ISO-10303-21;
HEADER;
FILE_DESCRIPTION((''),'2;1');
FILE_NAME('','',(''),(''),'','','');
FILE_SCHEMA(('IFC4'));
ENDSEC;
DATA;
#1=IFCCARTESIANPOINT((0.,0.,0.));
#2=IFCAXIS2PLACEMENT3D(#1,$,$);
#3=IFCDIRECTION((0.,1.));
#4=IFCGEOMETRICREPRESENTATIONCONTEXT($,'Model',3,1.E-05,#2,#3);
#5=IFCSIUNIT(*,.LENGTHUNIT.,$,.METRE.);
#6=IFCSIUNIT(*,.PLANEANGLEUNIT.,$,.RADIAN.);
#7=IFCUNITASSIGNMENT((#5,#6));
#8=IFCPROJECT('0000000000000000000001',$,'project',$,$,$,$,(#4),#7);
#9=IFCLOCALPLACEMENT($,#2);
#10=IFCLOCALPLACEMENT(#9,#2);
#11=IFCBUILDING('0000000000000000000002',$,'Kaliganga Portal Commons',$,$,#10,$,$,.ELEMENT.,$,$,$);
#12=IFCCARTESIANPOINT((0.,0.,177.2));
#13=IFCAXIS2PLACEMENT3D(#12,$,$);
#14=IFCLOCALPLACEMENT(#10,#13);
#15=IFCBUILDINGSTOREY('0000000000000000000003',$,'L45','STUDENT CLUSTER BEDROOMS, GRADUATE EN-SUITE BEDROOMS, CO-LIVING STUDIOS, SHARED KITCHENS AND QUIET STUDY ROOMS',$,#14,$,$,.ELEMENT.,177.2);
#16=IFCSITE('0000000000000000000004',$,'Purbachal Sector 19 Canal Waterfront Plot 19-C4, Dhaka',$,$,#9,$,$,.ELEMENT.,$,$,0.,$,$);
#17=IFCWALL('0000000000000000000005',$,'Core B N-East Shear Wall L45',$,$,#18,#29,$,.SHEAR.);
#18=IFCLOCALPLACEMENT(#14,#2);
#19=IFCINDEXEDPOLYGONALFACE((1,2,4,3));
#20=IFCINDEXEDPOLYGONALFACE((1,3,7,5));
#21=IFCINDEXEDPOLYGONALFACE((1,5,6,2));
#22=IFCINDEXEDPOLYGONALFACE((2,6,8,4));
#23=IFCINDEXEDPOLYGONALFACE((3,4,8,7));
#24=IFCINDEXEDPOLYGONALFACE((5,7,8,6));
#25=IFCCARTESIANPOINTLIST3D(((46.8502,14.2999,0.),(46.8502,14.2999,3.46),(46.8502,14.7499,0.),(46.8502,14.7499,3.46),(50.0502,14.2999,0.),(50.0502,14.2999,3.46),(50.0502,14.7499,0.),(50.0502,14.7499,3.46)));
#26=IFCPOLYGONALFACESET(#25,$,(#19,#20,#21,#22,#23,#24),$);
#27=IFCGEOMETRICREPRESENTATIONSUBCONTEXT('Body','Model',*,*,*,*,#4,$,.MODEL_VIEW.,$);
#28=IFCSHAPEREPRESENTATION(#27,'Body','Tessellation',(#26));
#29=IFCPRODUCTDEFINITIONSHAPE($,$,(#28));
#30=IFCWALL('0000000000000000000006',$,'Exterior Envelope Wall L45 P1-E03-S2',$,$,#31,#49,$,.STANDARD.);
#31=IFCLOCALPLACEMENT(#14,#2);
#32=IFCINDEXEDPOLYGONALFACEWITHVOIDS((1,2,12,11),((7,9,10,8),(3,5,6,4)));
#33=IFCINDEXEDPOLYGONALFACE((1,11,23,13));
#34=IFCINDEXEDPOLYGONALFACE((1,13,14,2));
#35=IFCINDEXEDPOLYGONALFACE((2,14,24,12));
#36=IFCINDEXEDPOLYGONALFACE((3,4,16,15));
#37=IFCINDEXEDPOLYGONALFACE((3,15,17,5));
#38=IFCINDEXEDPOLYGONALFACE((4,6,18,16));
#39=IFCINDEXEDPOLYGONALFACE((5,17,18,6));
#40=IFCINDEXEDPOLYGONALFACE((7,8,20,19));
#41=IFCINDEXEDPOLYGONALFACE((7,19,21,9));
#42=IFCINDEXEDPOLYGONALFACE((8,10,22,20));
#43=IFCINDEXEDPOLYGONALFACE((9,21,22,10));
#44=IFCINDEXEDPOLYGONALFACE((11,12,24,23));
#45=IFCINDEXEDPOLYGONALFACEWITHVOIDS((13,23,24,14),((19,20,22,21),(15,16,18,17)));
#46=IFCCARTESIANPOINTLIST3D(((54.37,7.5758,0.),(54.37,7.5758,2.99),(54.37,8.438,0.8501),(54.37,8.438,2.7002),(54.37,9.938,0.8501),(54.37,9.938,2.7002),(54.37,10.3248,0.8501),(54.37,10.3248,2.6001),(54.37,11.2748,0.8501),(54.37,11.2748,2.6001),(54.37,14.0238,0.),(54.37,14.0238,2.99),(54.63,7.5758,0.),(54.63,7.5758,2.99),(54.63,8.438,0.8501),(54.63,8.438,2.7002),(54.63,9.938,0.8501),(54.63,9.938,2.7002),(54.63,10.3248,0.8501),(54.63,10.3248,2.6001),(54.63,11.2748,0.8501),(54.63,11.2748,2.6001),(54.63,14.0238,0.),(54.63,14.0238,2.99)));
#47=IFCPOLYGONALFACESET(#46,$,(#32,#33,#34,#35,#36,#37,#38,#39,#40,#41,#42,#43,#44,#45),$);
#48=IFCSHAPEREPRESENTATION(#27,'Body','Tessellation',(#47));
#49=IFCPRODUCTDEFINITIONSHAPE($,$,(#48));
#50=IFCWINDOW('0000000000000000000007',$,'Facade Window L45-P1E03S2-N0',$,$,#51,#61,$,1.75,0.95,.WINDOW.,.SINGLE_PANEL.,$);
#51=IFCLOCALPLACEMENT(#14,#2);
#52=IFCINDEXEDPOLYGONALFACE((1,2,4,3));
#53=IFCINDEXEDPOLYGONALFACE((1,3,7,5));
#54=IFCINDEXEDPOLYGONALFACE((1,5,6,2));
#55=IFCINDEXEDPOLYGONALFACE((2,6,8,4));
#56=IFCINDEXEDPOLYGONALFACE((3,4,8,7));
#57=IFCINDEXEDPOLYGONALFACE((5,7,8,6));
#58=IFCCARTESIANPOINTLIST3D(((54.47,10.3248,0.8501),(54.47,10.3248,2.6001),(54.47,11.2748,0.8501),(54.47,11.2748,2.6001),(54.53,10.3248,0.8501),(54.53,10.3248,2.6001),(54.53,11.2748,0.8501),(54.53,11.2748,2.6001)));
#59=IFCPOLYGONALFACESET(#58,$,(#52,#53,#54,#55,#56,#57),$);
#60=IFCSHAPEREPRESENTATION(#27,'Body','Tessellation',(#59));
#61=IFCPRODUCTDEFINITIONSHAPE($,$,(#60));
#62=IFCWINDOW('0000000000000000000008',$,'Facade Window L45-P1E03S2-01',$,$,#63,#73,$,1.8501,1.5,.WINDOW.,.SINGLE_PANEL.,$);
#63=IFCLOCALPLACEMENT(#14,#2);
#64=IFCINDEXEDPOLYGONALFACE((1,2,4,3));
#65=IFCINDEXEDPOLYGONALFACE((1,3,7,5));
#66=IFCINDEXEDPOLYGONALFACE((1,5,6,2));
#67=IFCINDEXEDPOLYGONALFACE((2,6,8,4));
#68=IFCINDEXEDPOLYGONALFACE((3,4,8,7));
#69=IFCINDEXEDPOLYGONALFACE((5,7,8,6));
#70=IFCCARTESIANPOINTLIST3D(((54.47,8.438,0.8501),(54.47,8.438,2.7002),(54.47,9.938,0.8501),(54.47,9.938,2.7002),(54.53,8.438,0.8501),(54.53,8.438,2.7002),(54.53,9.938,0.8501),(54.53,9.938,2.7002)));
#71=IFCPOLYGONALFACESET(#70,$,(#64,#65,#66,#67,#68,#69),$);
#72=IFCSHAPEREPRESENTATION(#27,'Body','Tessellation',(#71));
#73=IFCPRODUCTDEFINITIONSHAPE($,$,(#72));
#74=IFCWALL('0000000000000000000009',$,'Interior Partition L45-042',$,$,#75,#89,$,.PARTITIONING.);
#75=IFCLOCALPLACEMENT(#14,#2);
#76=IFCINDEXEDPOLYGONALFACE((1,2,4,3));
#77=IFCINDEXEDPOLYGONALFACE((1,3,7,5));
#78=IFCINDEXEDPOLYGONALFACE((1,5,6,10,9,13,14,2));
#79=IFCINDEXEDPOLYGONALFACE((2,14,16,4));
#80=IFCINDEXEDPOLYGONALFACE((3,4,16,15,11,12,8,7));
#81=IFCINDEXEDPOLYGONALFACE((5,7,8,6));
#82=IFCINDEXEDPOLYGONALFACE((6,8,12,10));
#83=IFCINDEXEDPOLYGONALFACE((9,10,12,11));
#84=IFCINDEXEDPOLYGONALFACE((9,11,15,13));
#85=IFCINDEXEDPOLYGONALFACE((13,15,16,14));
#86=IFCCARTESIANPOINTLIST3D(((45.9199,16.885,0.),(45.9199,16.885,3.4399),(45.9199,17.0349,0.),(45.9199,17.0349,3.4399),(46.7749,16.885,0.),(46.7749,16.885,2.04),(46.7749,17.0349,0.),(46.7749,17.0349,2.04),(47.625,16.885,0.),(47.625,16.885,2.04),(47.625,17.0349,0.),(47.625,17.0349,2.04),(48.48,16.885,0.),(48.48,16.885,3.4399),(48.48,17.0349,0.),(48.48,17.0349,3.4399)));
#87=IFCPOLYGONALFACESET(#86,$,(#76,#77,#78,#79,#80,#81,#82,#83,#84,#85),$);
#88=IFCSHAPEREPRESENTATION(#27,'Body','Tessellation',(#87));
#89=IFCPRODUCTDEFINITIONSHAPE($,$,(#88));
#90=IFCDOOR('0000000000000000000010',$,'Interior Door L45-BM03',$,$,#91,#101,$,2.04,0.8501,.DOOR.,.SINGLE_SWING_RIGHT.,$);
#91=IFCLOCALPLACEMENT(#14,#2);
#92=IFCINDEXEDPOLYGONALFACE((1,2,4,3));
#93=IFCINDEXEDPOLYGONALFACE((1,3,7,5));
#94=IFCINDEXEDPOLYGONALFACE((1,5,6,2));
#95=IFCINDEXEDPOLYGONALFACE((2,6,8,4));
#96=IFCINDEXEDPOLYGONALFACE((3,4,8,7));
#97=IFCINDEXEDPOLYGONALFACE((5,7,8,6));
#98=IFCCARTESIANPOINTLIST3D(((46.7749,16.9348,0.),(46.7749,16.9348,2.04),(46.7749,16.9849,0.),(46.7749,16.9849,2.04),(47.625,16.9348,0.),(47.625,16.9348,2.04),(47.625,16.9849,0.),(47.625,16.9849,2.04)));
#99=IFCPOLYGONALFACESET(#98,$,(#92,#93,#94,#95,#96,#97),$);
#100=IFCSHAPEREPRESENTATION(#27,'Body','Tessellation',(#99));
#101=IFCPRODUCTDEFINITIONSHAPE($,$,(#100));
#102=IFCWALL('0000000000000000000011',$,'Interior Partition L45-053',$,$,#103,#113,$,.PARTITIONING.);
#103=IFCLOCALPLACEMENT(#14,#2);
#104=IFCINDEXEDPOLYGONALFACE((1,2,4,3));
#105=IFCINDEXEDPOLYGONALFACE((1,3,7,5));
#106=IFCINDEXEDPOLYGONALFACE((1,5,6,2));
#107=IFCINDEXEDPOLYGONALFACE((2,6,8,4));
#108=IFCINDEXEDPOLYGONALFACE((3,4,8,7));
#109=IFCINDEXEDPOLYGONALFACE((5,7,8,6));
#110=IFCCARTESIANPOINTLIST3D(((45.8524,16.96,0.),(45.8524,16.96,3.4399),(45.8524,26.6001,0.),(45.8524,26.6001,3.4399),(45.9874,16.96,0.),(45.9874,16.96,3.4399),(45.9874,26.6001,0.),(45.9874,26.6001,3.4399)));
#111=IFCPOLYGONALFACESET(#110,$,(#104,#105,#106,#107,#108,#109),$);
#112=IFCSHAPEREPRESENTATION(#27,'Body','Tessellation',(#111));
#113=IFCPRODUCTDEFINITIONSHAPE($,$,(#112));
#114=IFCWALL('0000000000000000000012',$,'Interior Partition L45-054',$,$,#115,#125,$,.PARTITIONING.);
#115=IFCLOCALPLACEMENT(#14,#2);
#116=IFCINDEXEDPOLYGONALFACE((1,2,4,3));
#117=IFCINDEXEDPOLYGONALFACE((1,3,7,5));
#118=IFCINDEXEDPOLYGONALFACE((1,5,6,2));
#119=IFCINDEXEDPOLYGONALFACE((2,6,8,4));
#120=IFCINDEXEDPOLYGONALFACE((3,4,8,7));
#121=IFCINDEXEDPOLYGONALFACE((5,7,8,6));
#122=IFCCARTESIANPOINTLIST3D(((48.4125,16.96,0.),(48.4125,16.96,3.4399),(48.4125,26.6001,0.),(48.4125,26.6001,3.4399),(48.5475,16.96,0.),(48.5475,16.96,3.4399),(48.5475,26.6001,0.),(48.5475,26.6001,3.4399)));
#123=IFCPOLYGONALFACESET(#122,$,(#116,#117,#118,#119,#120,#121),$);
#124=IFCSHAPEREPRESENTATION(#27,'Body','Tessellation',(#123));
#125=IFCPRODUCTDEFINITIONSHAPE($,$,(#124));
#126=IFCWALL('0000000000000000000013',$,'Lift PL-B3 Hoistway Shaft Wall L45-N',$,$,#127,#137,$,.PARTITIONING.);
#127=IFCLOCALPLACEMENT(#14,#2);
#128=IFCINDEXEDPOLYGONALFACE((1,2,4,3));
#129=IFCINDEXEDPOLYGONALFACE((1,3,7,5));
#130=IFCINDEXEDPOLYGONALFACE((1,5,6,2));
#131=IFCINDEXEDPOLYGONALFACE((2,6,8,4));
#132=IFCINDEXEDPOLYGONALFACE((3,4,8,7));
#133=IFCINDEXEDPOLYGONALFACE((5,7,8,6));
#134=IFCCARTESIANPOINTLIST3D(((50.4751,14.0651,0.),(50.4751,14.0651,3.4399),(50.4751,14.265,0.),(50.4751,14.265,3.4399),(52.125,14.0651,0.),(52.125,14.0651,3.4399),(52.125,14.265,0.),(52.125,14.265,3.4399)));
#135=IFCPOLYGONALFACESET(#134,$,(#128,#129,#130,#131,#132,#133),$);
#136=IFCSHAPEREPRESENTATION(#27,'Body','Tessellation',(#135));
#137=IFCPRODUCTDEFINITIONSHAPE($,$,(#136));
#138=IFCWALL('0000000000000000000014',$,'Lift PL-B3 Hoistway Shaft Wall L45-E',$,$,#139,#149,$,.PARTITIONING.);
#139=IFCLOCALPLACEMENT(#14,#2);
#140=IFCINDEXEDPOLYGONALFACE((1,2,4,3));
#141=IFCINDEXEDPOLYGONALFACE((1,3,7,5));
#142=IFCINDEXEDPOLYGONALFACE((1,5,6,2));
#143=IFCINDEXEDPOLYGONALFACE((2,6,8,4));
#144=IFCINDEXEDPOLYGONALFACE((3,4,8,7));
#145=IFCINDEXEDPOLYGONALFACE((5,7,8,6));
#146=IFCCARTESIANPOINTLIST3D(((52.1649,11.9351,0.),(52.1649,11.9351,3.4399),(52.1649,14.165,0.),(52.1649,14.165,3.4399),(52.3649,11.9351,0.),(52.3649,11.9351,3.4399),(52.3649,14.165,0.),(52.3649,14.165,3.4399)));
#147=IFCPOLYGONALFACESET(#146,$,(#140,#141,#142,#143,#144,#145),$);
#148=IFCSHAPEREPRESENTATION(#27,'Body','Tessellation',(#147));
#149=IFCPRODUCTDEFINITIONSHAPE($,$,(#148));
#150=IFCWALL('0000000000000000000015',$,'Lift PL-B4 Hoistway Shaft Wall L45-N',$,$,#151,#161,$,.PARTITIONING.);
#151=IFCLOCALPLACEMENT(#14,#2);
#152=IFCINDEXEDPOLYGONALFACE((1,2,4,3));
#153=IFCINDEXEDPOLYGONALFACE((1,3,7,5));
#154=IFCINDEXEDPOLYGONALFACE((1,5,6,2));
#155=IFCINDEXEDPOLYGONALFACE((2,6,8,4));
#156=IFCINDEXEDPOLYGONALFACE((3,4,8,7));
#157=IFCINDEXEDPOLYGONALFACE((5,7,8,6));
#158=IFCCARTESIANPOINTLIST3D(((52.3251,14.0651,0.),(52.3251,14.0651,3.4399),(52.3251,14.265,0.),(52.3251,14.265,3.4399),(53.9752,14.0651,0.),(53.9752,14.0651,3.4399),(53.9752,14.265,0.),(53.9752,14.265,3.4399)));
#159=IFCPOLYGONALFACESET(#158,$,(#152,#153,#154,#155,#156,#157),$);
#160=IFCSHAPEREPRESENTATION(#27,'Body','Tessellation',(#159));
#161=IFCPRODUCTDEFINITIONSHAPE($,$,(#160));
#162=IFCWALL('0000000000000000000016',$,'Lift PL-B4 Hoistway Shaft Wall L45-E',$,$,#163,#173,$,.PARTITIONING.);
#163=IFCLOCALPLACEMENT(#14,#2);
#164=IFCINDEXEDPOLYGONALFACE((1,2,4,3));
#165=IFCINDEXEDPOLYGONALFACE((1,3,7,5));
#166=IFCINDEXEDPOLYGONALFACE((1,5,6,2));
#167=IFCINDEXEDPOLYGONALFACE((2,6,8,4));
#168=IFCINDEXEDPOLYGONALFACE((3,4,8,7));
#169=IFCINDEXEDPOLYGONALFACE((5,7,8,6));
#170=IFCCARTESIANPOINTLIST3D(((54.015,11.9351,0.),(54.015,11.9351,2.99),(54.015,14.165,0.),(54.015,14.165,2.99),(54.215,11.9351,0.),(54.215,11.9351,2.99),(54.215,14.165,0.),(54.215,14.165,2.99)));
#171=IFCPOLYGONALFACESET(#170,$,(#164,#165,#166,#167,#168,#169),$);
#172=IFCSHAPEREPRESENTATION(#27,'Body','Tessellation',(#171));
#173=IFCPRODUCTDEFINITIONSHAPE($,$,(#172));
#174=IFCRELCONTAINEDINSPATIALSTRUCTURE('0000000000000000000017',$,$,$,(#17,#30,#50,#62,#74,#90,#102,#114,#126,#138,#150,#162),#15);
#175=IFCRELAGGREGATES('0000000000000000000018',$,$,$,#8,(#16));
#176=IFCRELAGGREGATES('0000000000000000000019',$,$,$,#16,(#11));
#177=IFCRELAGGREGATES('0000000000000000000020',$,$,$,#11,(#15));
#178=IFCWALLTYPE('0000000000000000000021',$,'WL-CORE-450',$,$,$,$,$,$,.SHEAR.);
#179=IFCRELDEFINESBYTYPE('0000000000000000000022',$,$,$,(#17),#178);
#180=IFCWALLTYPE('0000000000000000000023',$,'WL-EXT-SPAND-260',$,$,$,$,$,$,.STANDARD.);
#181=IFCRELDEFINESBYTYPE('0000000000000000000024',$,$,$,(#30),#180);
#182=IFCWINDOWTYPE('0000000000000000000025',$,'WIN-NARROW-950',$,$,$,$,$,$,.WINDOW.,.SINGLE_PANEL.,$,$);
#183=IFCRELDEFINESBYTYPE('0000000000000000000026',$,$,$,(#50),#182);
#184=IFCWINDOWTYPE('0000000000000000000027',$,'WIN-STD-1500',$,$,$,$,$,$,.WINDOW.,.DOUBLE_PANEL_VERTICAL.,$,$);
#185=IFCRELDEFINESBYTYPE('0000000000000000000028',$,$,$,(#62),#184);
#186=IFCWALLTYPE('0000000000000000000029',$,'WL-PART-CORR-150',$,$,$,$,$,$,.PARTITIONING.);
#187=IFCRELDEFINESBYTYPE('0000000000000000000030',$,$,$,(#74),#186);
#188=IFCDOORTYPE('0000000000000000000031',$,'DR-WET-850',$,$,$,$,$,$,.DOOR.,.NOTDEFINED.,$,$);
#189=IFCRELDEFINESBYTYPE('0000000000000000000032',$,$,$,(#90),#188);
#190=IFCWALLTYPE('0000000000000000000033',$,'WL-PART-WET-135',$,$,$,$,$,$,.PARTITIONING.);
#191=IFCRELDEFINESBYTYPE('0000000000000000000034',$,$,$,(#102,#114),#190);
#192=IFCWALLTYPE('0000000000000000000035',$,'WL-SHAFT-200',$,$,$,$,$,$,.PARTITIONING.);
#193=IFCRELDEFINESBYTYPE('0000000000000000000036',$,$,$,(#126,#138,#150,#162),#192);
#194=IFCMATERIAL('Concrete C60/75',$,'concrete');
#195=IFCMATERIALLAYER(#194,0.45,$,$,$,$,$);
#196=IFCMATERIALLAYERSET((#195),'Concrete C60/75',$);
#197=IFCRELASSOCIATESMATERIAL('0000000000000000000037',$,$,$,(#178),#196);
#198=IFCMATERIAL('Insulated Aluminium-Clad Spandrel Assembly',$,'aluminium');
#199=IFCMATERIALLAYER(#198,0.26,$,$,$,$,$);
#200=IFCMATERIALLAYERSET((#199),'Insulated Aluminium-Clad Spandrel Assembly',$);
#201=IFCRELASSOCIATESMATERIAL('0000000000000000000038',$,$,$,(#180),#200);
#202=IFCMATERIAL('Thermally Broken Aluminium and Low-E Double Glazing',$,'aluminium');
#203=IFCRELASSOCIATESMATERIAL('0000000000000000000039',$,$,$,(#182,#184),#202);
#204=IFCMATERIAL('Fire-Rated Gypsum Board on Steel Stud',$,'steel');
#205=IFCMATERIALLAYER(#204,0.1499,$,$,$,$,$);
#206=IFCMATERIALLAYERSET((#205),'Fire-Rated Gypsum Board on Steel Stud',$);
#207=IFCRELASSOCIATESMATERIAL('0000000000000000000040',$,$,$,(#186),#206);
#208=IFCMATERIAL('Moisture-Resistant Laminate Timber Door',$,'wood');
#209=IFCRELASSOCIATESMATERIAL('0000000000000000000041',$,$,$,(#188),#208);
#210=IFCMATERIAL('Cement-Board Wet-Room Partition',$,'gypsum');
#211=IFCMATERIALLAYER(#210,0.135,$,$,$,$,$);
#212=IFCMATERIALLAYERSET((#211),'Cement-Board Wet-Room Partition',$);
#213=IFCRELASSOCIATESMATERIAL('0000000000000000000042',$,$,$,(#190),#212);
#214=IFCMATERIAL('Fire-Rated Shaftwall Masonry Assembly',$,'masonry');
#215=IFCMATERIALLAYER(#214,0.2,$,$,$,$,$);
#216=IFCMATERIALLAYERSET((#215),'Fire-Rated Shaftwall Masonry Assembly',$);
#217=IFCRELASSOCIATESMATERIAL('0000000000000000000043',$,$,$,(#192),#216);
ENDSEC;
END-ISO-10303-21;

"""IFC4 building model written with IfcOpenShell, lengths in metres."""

from ifc_helpers import new_model, si_unit, direction, frame, frame_2d, origin, place, context, subcontext, project, spatial, rectangle, extrude, material, layer, layer_set, type_object, element, fill, save


model = new_model("IFC4")

# Units and contexts
model_context = context("Model", 3, precision=1e-05, world=origin(), true_north=direction((0.0, 1.0)))
body_context = subcontext(model_context, "Body", "Model", "MODEL_VIEW")
ifc_project = project(units=[si_unit("LENGTHUNIT", "METRE"), si_unit("PLANEANGLEUNIT", "RADIAN")], contexts=[model_context])

# Site, building, storey
site_placement = place(None, origin())
site = spatial("IfcSite", under=ifc_project, at=site_placement, Name="Purbachal Sector 19 Canal Waterfront Plot 19-C4, Dhaka", CompositionType="ELEMENT", RefElevation=0.0)
building_placement = place(site_placement, origin())
building = spatial("IfcBuilding", under=site, at=building_placement, Name="Kaliganga Portal Commons", CompositionType="ELEMENT")
storey_placement = place(building_placement, frame((0.0, 0.0, 177.2)))
storey = spatial("IfcBuildingStorey", under=building, at=storey_placement, Name="L45", Description="STUDENT CLUSTER BEDROOMS, GRADUATE EN-SUITE BEDROOMS, CO-LIVING STUDIOS, SHARED KITCHENS AND QUIET STUDY ROOMS", CompositionType="ELEMENT", Elevation=177.2)

# Shared definitions
ifc_material_1 = material(Name="Concrete C60/75", Category="concrete")

# Wall
ifc_layer_1 = layer(ifc_material_1, 0.45)
ifc_layer_set_1 = layer_set([ifc_layer_1], Name="Concrete C60/75")
wall_type_1 = type_object("IfcWallType", Name="WL-CORE-450", PredefinedType="SHEAR", material=ifc_layer_set_1)
wall_1_placement = place(storey_placement, frame((46.8501, 14.5249, 0.0), z_axis=(0.0, 0.0, 1.0), x_axis=(1.0, 0.0, 0.0)))
element("IfcWall", 1, at=wall_1_placement, inside=storey, type_object=wall_type_1, Name="Core B N-East Shear Wall L45", PredefinedType="SHEAR", context=body_context, shape_type="SweptSolid", body=[
    extrude(rectangle(XDim=3.2, YDim=0.45, at=frame_2d((1.6001, 0.0))), origin(), (0.0, 0.0, 1.0), 3.46),
])

# Wall, openings, windows
ifc_material_2 = material(Name="Insulated Aluminium-Clad Spandrel Assembly", Category="aluminium")
ifc_layer_2 = layer(ifc_material_2, 0.26)
ifc_layer_set_2 = layer_set([ifc_layer_2], Name="Insulated Aluminium-Clad Spandrel Assembly")
wall_type_2 = type_object("IfcWallType", Name="WL-EXT-SPAND-260", PredefinedType="STANDARD", material=ifc_layer_set_2)
wall_2_placement = place(storey_placement, frame((54.5, 14.0239, 0.0), z_axis=(0.0, 0.0, 1.0), x_axis=(0.0, -1.0, 0.0)))
wall_2 = element("IfcWall", 2, at=wall_2_placement, inside=storey, type_object=wall_type_2, Name="Exterior Envelope Wall L45 P1-E03-S2", PredefinedType="STANDARD", context=body_context, shape_type="SweptSolid", body=[
    extrude(rectangle(XDim=6.448, YDim=0.26, at=frame_2d((3.2241, 0.0))), origin(), (0.0, 0.0, 1.0), 2.99),
])
opening_1_placement = place(wall_2_placement, frame((4.0859, 0.0, 0.8501)))
opening_1 = element("IfcOpeningElement", 3, at=opening_1_placement, cuts=wall_2, PredefinedType="OPENING", context=body_context, shape_type="SweptSolid", body=[
    extrude(rectangle(XDim=1.5, YDim=1.8501, at=frame_2d((0.75, 0.925))), frame((0.0, 0.1401, 0.0), z_axis=(0.0, -1.0, 0.0), x_axis=(1.0, 0.0, 0.0)), (0.0, 0.0, 1.0), 0.28),
])
opening_2_placement = place(wall_2_placement, frame((2.749, 0.0, 0.8501)))
opening_2 = element("IfcOpeningElement", 4, at=opening_2_placement, cuts=wall_2, PredefinedType="OPENING", context=body_context, shape_type="SweptSolid", body=[
    extrude(rectangle(XDim=0.95, YDim=1.75, at=frame_2d((0.4751, 0.875))), frame((0.0, 0.1401, 0.0), z_axis=(0.0, -1.0, 0.0), x_axis=(1.0, 0.0, 0.0)), (0.0, 0.0, 1.0), 0.28),
])
ifc_material_3 = material(Name="Thermally Broken Aluminium and Low-E Double Glazing", Category="aluminium")
window_type_1 = type_object("IfcWindowType", Name="WIN-NARROW-950", PartitioningType="SINGLE_PANEL", PredefinedType="WINDOW", material=ifc_material_3)
window_1_placement = place(opening_2_placement, origin())
window_1 = element("IfcWindow", 5, at=window_1_placement, inside=storey, type_object=window_type_1, Name="Facade Window L45-P1E03S2-N0", OverallHeight=1.75, OverallWidth=0.95, PartitioningType="SINGLE_PANEL", PredefinedType="WINDOW", context=body_context, shape_type="SweptSolid", body=[
    extrude(rectangle(XDim=0.95, YDim=1.75, at=frame_2d((0.4751, 0.875))), frame((0.0, 0.03, 0.0), z_axis=(0.0, -1.0, 0.0), x_axis=(1.0, 0.0, 0.0)), (0.0, 0.0, 1.0), 0.0601),
])
fill(opening_2, window_1)
window_type_2 = type_object("IfcWindowType", Name="WIN-STD-1500", PartitioningType="DOUBLE_PANEL_VERTICAL", PredefinedType="WINDOW", material=ifc_material_3)
window_2_placement = place(opening_1_placement, origin())
window_2 = element("IfcWindow", 6, at=window_2_placement, inside=storey, type_object=window_type_2, Name="Facade Window L45-P1E03S2-01", OverallHeight=1.8501, OverallWidth=1.5, PartitioningType="SINGLE_PANEL", PredefinedType="WINDOW", context=body_context, shape_type="SweptSolid", body=[
    extrude(rectangle(XDim=1.5, YDim=1.8501, at=frame_2d((0.75, 0.925))), frame((0.0, 0.03, 0.0), z_axis=(0.0, -1.0, 0.0), x_axis=(1.0, 0.0, 0.0)), (0.0, 0.0, 1.0), 0.0601),
])
fill(opening_1, window_2)

# Wall, opening, door
ifc_material_4 = material(Name="Fire-Rated Gypsum Board on Steel Stud", Category="steel")
ifc_layer_3 = layer(ifc_material_4, 0.1499)
ifc_layer_set_3 = layer_set([ifc_layer_3], Name="Fire-Rated Gypsum Board on Steel Stud")
wall_type_3 = type_object("IfcWallType", Name="WL-PART-CORR-150", PredefinedType="PARTITIONING", material=ifc_layer_set_3)
wall_3_placement = place(storey_placement, frame((45.9199, 16.96, 0.0), z_axis=(0.0, 0.0, 1.0), x_axis=(1.0, 0.0, 0.0)))
wall_3 = element("IfcWall", 7, at=wall_3_placement, inside=storey, type_object=wall_type_3, Name="Interior Partition L45-042", PredefinedType="PARTITIONING", context=body_context, shape_type="SweptSolid", body=[
    extrude(rectangle(XDim=2.5601, YDim=0.1499, at=frame_2d((1.28, 0.0))), origin(), (0.0, 0.0, 1.0), 3.4399),
])
opening_3_placement = place(wall_3_placement, frame((0.855, 0.0, 0.0)))
opening_3 = element("IfcOpeningElement", 8, at=opening_3_placement, cuts=wall_3, PredefinedType="OPENING", context=body_context, shape_type="SweptSolid", body=[
    extrude(rectangle(XDim=0.8501, YDim=2.04, at=frame_2d((0.425, 1.02))), frame((0.0, 0.085, 0.0), z_axis=(0.0, -1.0, 0.0), x_axis=(1.0, 0.0, 0.0)), (0.0, 0.0, 1.0), 0.1699),
])
ifc_material_5 = material(Name="Moisture-Resistant Laminate Timber Door", Category="wood")
door_type_1 = type_object("IfcDoorType", Name="DR-WET-850", OperationType="NOTDEFINED", PredefinedType="DOOR", material=ifc_material_5)
door_1_placement = place(opening_3_placement, origin())
door_1 = element("IfcDoor", 9, at=door_1_placement, inside=storey, type_object=door_type_1, Name="Interior Door L45-BM03", OperationType="SINGLE_SWING_RIGHT", OverallHeight=2.04, OverallWidth=0.8501, PredefinedType="DOOR", context=body_context, shape_type="SweptSolid", body=[
    extrude(rectangle(XDim=0.8501, YDim=2.04, at=frame_2d((0.425, 1.02))), frame((0.0, 0.0249, 0.0), z_axis=(0.0, -1.0, 0.0), x_axis=(1.0, 0.0, 0.0)), (0.0, 0.0, 1.0), 0.05),
])
fill(opening_3, door_1)

# Walls
ifc_material_6 = material(Name="Cement-Board Wet-Room Partition", Category="gypsum")
ifc_layer_4 = layer(ifc_material_6, 0.135)
ifc_layer_set_4 = layer_set([ifc_layer_4], Name="Cement-Board Wet-Room Partition")
wall_type_4 = type_object("IfcWallType", Name="WL-PART-WET-135", PredefinedType="PARTITIONING", material=ifc_layer_set_4)
for number, where, z_axis, x_axis, name in (
    (10, (45.9199, 16.96, 0.0), (0.0, 0.0, 1.0), (0.0, 1.0, 0.0), "Interior Partition L45-053"),
    (11, (48.48, 16.96, 0.0), (0.0, 0.0, 1.0), (0.0, 1.0, 0.0), "Interior Partition L45-054"),
):
    element("IfcWall", number, at=place(storey_placement, frame(where, z_axis=z_axis, x_axis=x_axis)), inside=storey, type_object=wall_type_4, Name=name, PredefinedType="PARTITIONING", context=body_context, shape_type="SweptSolid", body=[
        extrude(rectangle(XDim=9.6401, YDim=0.135, at=frame_2d((4.8201, 0.0))), origin(), (0.0, 0.0, 1.0), 3.4399),
    ])

# Shared definitions
ifc_material_7 = material(Name="Fire-Rated Shaftwall Masonry Assembly", Category="masonry")
ifc_layer_5 = layer(ifc_material_7, 0.2)
ifc_layer_set_5 = layer_set([ifc_layer_5], Name="Fire-Rated Shaftwall Masonry Assembly")
wall_type_5 = type_object("IfcWallType", Name="WL-SHAFT-200", PredefinedType="PARTITIONING", material=ifc_layer_set_5)

# Walls
wall_4_placement = place(storey_placement, frame((50.4751, 14.165, 0.0), z_axis=(0.0, 0.0, 1.0), x_axis=(1.0, 0.0, 0.0)))
element("IfcWall", 12, at=wall_4_placement, inside=storey, type_object=wall_type_5, Name="Lift PL-B3 Hoistway Shaft Wall L45-N", PredefinedType="PARTITIONING", context=body_context, shape_type="SweptSolid", body=[
    extrude(rectangle(XDim=1.6499, YDim=0.2, at=frame_2d((0.825, 0.0))), origin(), (0.0, 0.0, 1.0), 3.4399),
])
wall_5_placement = place(storey_placement, frame((52.2649, 11.9351, 0.0), z_axis=(0.0, 0.0, 1.0), x_axis=(0.0, 1.0, 0.0)))
element("IfcWall", 13, at=wall_5_placement, inside=storey, type_object=wall_type_5, Name="Lift PL-B3 Hoistway Shaft Wall L45-E", PredefinedType="PARTITIONING", context=body_context, shape_type="SweptSolid", body=[
    extrude(rectangle(XDim=2.23, YDim=0.2, at=frame_2d((1.115, 0.0))), origin(), (0.0, 0.0, 1.0), 3.4399),
])

# Walls
wall_6_placement = place(storey_placement, frame((52.325, 14.165, 0.0), z_axis=(0.0, 0.0, 1.0), x_axis=(1.0, 0.0, 0.0)))
element("IfcWall", 14, at=wall_6_placement, inside=storey, type_object=wall_type_5, Name="Lift PL-B4 Hoistway Shaft Wall L45-N", PredefinedType="PARTITIONING", context=body_context, shape_type="SweptSolid", body=[
    extrude(rectangle(XDim=1.6501, YDim=0.2, at=frame_2d((0.8252, 0.0))), origin(), (0.0, 0.0, 1.0), 3.4399),
])
wall_7_placement = place(storey_placement, frame((54.115, 11.9351, 0.0), z_axis=(0.0, 0.0, 1.0), x_axis=(0.0, 1.0, 0.0)))
element("IfcWall", 15, at=wall_7_placement, inside=storey, type_object=wall_type_5, Name="Lift PL-B4 Hoistway Shaft Wall L45-E", PredefinedType="PARTITIONING", context=body_context, shape_type="SweptSolid", body=[
    extrude(rectangle(XDim=2.23, YDim=0.2, at=frame_2d((1.115, 0.0))), origin(), (0.0, 0.0, 1.0), 2.99),
])

save(model, "model.ifc")
